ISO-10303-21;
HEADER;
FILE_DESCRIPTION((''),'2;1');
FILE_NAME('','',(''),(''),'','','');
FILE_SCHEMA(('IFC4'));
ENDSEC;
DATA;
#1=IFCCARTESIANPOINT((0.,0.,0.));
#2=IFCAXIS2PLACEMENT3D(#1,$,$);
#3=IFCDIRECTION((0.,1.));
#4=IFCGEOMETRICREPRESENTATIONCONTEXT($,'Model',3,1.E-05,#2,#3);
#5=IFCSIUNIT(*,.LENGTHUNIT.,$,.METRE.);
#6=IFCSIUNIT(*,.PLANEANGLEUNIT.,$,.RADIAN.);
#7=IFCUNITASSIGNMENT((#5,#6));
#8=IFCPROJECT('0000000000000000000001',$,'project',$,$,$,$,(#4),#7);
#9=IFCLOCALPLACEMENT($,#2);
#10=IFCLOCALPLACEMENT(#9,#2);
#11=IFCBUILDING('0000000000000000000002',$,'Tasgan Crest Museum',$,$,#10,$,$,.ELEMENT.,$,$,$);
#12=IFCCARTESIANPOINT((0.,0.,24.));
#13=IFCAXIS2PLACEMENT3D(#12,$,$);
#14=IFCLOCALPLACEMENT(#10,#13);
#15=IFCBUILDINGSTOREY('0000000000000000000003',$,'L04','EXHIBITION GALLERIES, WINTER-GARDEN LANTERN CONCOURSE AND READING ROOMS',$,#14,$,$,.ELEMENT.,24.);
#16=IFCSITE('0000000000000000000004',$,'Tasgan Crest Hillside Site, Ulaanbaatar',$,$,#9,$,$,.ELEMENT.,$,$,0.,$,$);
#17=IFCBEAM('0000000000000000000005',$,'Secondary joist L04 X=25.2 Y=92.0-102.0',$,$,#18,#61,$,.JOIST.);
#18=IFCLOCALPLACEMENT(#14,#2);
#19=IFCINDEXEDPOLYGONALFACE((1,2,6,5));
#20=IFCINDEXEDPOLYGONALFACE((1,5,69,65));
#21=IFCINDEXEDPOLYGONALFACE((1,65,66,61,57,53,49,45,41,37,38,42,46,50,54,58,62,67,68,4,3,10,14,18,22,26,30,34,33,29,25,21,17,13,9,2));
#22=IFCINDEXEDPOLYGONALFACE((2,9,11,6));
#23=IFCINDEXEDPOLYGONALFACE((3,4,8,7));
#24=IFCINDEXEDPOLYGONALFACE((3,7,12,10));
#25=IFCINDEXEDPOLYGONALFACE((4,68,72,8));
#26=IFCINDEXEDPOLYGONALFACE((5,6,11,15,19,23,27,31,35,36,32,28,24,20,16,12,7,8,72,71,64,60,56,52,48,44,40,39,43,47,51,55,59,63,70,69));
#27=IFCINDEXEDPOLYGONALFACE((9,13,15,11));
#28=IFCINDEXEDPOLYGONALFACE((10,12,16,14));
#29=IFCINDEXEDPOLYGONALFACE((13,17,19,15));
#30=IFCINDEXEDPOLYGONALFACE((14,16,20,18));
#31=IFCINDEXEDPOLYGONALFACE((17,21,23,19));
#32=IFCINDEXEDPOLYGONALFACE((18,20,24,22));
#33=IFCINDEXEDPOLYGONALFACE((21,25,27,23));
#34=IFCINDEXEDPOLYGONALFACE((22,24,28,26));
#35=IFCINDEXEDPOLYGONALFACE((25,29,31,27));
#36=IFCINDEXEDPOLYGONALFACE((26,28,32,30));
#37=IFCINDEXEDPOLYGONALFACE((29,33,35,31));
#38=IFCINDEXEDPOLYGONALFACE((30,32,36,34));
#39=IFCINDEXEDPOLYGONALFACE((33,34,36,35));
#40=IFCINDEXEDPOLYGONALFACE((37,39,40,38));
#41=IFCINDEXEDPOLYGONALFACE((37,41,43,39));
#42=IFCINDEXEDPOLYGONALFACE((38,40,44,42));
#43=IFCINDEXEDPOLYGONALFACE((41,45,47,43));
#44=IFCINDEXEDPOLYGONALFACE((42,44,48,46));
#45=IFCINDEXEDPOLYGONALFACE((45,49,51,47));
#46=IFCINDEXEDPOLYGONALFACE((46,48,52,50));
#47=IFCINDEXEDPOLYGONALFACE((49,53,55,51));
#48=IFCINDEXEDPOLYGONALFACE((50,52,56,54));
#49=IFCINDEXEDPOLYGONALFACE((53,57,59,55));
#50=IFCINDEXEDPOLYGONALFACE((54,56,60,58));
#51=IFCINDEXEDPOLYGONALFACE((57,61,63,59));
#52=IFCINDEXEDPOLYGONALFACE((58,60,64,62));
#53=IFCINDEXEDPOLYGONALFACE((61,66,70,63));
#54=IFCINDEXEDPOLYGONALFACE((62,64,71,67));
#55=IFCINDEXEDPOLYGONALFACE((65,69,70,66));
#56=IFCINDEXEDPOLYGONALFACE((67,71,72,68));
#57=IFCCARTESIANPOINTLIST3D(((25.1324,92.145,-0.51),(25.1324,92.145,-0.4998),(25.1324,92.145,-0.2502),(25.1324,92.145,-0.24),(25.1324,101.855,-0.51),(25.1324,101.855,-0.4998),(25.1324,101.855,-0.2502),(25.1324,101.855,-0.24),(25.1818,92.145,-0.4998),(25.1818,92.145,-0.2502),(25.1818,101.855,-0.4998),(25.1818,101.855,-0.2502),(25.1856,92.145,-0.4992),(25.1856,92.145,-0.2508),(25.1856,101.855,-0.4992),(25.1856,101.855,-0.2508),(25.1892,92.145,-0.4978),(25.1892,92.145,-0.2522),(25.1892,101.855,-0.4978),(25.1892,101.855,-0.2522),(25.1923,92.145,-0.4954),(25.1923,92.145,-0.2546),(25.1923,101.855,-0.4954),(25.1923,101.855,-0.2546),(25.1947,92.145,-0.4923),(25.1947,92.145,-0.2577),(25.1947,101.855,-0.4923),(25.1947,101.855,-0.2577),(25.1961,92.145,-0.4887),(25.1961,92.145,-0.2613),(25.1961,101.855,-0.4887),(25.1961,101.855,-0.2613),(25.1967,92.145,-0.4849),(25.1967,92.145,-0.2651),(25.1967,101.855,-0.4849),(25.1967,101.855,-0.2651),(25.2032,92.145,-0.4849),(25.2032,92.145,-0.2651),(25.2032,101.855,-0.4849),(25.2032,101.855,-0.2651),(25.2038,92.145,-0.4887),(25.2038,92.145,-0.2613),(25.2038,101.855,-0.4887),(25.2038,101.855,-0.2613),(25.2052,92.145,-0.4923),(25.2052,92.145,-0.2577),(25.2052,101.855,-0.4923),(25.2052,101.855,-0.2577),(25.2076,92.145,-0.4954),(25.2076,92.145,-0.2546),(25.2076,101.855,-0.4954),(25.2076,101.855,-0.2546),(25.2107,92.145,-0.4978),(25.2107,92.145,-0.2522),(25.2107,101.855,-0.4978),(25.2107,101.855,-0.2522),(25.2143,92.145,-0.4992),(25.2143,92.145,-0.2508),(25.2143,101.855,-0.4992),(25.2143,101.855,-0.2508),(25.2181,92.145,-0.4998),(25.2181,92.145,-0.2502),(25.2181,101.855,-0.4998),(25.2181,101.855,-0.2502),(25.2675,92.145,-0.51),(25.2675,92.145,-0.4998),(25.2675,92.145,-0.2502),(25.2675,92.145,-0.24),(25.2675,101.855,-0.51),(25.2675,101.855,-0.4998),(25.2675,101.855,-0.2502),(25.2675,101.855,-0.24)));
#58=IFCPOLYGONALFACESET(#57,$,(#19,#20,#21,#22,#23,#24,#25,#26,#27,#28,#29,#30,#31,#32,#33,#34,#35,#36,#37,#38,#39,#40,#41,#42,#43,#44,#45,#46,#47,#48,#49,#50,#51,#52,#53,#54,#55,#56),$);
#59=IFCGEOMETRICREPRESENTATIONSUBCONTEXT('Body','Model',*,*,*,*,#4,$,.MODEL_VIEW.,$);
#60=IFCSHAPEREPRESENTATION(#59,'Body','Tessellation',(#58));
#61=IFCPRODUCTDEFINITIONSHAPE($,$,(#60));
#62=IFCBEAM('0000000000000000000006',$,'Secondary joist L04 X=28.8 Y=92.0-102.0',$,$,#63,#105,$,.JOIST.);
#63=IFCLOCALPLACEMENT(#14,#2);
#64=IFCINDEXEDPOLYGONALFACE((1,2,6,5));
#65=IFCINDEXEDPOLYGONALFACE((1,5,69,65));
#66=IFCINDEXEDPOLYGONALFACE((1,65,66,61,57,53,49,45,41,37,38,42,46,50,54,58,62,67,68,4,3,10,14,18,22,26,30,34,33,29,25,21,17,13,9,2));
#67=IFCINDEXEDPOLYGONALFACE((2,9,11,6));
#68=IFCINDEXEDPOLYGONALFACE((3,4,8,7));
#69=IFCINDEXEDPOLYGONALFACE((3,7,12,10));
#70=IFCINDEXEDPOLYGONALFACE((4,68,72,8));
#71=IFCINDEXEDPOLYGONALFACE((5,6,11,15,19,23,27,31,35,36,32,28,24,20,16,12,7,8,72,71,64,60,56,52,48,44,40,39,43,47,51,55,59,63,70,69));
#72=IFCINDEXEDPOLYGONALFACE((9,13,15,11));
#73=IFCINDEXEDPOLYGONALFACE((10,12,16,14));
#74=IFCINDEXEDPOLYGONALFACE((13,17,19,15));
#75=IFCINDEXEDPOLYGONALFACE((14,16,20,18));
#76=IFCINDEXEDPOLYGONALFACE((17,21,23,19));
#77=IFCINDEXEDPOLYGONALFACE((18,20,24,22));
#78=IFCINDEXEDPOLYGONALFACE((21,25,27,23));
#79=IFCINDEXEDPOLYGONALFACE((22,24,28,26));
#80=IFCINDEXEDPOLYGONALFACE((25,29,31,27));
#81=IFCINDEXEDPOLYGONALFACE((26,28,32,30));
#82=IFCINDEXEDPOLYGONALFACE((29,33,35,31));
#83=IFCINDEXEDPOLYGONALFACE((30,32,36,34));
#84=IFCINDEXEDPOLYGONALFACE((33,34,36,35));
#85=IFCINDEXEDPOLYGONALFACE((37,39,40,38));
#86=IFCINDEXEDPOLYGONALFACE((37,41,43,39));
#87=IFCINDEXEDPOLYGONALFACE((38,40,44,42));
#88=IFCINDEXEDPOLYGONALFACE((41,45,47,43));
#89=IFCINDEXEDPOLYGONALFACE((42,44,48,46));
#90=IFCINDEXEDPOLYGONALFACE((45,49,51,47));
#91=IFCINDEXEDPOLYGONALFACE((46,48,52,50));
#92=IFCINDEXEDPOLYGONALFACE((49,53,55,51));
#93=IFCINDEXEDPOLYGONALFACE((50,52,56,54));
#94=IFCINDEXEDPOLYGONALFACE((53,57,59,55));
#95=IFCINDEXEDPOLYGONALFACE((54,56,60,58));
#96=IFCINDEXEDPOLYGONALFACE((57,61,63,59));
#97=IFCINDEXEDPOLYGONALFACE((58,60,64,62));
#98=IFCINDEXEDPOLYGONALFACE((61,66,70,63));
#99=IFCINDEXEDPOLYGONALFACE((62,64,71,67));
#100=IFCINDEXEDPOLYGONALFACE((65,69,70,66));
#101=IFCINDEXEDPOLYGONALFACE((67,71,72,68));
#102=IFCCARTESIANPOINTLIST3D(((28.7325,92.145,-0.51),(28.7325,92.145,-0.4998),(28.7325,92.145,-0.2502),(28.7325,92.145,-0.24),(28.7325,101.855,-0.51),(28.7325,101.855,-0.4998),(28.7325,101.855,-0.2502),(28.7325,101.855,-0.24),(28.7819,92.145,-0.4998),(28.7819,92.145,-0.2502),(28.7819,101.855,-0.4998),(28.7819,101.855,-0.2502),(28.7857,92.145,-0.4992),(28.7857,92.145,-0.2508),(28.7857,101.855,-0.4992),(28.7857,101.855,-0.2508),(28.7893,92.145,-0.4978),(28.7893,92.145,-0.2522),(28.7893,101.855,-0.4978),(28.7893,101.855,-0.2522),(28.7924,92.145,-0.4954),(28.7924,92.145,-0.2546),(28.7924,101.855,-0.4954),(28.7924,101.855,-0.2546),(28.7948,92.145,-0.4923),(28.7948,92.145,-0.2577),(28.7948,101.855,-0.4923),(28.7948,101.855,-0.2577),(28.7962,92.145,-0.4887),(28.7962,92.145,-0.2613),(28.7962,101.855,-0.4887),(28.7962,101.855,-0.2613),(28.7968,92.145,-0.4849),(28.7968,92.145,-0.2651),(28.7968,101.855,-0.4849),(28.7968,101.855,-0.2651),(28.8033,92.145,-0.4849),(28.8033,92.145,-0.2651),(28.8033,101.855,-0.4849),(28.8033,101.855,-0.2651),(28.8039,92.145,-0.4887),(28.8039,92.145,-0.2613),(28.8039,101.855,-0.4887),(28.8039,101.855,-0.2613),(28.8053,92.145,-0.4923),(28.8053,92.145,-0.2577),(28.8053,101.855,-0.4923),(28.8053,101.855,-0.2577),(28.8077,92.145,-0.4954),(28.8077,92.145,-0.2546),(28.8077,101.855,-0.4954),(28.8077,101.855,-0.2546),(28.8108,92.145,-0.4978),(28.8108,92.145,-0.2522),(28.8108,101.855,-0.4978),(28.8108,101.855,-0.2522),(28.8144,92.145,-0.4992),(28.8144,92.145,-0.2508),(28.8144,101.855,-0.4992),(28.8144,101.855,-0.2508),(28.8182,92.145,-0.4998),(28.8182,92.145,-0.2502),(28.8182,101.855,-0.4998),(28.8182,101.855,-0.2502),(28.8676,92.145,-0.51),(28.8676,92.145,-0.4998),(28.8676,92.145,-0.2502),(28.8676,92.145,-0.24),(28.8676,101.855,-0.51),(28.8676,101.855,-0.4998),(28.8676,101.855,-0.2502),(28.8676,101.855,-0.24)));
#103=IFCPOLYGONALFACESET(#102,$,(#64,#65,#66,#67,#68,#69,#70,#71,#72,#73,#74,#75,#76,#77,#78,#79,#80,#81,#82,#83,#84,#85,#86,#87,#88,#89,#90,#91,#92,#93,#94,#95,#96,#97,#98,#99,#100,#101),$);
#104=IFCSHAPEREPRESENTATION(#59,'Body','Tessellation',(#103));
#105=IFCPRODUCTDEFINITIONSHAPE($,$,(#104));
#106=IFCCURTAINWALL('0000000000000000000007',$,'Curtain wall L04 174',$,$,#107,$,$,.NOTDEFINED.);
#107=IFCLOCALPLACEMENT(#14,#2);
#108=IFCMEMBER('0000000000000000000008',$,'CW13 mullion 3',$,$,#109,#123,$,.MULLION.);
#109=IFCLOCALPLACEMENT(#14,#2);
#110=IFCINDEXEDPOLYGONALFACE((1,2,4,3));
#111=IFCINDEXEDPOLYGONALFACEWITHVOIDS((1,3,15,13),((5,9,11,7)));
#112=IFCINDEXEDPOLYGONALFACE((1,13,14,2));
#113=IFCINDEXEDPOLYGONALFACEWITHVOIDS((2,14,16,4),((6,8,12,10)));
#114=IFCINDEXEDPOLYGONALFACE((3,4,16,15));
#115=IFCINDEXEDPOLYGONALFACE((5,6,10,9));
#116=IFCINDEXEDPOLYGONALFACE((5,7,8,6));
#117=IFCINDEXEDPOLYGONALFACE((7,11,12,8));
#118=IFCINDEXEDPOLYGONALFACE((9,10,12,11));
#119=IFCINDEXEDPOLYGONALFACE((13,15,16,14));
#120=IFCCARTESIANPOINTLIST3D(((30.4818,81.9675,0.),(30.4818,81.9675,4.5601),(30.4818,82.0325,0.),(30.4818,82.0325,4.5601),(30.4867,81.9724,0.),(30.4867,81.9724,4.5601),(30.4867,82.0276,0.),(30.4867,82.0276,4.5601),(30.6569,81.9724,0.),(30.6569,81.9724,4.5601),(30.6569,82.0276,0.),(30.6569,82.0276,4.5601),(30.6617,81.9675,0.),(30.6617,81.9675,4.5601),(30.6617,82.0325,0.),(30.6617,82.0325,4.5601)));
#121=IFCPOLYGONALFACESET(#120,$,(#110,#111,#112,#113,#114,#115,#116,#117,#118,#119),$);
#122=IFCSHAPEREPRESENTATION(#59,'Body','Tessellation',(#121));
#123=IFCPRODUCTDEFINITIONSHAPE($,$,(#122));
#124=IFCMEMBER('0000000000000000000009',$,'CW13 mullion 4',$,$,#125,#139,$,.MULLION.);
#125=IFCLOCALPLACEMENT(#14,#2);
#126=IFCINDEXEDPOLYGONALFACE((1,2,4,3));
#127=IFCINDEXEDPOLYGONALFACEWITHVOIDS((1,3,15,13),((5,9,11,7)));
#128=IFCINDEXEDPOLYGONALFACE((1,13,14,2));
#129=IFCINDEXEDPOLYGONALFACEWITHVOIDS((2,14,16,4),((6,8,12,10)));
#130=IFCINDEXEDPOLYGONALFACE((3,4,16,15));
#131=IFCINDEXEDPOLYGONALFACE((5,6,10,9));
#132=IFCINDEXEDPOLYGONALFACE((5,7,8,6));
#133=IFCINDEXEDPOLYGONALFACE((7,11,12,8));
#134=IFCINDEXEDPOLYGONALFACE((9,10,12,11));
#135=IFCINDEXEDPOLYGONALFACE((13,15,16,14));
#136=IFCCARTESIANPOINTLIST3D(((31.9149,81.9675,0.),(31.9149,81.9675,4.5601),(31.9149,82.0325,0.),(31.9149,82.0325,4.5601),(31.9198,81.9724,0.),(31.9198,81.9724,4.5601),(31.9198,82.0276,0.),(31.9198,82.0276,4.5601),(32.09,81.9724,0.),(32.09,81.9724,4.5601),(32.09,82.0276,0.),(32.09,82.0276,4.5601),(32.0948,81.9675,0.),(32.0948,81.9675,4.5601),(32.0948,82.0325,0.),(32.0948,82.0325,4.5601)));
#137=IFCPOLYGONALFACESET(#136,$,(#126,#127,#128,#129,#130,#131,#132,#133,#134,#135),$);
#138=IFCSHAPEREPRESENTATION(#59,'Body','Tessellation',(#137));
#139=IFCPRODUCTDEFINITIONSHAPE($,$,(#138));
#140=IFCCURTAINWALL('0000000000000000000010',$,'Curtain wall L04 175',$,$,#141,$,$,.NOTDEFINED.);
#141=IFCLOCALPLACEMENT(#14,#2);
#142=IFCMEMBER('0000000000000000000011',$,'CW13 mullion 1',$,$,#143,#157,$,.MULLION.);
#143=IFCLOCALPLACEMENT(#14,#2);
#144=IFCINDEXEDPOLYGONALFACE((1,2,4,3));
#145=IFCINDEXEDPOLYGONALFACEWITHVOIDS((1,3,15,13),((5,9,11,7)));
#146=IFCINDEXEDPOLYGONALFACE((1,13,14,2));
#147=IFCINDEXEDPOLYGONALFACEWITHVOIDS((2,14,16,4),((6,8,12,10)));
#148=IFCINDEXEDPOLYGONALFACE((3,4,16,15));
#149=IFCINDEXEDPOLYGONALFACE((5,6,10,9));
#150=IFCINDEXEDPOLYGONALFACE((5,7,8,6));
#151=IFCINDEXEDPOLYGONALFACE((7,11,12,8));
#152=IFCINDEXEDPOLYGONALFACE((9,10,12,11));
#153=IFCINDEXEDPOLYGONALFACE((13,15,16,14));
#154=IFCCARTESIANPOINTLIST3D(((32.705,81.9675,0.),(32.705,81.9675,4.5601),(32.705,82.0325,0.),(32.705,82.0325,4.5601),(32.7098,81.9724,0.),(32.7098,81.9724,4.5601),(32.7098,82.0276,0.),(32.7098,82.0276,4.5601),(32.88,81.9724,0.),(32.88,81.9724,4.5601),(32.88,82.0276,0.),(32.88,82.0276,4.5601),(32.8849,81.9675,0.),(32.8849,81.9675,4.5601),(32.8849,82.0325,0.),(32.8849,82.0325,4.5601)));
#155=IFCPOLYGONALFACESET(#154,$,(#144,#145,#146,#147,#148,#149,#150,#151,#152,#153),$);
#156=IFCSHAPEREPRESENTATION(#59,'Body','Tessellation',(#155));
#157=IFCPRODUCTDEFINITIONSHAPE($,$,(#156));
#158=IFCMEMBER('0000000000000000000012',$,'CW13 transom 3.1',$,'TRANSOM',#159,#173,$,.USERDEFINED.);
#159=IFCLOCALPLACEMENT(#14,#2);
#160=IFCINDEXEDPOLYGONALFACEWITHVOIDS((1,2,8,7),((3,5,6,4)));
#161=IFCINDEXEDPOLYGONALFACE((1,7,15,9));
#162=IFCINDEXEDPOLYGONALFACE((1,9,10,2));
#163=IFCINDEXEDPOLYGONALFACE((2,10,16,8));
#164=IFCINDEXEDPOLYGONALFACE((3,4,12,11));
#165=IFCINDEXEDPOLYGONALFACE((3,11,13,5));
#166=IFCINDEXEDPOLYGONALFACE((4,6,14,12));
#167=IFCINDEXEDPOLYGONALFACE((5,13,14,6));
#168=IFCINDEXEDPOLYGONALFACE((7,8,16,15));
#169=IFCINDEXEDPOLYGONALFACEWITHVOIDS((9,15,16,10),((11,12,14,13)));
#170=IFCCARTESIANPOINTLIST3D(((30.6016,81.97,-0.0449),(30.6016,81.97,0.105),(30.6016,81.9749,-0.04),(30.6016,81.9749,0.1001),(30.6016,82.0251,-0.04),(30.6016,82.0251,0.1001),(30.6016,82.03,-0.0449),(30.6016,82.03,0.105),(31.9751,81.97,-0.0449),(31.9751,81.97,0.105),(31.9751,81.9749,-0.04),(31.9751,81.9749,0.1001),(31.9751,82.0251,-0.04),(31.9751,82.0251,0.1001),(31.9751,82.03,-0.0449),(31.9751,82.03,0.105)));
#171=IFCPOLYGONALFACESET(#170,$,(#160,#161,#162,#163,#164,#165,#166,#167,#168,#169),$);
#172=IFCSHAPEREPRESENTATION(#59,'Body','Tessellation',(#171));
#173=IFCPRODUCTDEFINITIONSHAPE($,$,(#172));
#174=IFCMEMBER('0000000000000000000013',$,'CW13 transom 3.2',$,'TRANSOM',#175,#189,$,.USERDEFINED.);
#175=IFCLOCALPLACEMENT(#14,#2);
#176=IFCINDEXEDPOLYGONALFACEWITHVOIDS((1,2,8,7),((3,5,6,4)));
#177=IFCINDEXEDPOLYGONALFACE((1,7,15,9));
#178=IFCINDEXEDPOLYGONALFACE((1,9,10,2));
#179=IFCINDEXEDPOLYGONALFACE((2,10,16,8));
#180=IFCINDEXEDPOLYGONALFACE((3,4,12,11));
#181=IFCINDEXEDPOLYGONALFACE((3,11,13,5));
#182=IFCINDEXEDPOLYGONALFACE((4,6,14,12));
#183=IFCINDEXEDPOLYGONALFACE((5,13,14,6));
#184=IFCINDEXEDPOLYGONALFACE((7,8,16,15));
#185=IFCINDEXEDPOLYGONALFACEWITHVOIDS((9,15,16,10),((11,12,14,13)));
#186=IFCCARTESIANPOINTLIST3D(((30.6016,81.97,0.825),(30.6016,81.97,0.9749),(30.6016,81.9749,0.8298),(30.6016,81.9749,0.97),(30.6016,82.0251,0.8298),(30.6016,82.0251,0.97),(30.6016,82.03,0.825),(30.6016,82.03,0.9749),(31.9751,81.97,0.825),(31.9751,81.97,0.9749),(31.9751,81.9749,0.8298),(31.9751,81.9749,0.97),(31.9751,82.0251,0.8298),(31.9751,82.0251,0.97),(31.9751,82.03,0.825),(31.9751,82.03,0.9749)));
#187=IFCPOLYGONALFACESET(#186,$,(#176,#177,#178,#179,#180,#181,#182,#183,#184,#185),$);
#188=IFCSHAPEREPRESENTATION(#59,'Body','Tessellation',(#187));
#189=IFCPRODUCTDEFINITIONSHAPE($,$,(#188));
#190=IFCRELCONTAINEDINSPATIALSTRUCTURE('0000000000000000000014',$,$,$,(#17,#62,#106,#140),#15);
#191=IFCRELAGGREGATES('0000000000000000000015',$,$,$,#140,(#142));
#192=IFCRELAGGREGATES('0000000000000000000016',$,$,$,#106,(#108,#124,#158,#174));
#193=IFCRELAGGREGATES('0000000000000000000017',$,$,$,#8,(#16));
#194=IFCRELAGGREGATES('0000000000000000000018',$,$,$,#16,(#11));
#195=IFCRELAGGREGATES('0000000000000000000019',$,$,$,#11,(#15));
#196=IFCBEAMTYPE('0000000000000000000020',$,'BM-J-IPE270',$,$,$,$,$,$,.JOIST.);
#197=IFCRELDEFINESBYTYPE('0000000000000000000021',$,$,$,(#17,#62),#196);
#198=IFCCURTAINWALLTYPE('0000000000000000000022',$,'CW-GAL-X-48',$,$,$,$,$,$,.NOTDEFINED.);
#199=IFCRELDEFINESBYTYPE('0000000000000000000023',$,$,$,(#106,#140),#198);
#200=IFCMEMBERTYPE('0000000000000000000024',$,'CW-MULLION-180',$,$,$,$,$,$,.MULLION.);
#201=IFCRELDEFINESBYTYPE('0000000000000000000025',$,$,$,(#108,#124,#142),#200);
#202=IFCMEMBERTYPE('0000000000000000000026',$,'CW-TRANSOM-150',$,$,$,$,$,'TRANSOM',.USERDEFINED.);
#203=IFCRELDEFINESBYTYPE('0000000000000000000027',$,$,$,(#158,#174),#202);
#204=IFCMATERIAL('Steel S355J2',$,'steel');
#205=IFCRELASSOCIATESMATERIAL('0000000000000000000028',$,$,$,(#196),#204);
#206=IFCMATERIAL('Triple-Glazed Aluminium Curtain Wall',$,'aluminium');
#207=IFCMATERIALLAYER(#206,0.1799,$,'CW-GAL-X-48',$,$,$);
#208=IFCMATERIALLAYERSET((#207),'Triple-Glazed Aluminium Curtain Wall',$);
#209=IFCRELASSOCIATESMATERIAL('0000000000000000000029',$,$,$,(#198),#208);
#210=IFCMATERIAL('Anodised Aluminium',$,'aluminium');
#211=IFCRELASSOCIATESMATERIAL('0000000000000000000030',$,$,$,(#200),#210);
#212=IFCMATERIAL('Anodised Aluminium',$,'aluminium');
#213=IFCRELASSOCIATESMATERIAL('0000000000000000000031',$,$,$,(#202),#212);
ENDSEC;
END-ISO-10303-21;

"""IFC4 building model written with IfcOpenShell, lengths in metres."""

from ifc_helpers import new_model, si_unit, direction, frame, origin, origin_2d, place, context, subcontext, project, spatial, hollow_rectangle, i_section, extrude, material, layer, layer_set, material_profile, profile_set, type_object, element, aggregate, save


model = new_model("IFC4")

# Units and contexts
model_context = context("Model", 3, precision=1e-05, world=origin(), true_north=direction((0.0, 1.0)))
body_context = subcontext(model_context, "Body", "Model", "MODEL_VIEW")
ifc_project = project(units=[si_unit("LENGTHUNIT", "METRE"), si_unit("PLANEANGLEUNIT", "RADIAN")], contexts=[model_context])

# Site, building, storey
site_placement = place(None, origin())
site = spatial("IfcSite", under=ifc_project, at=site_placement, Name="Tasgan Crest Hillside Site, Ulaanbaatar", CompositionType="ELEMENT", RefElevation=0.0)
building_placement = place(site_placement, origin())
building = spatial("IfcBuilding", under=site, at=building_placement, Name="Tasgan Crest Museum", CompositionType="ELEMENT")
storey_placement = place(building_placement, frame((0.0, 0.0, 24.0)))
storey = spatial("IfcBuildingStorey", under=building, at=storey_placement, Name="L04", Description="EXHIBITION GALLERIES, WINTER-GARDEN LANTERN CONCOURSE AND READING ROOMS", CompositionType="ELEMENT", Elevation=24.0)

# Beams
ifc_material_1 = material(Name="Steel S355J2", Category="steel")
ifc_material_profile_1 = material_profile(ifc_material_1, i_section(OverallWidth=0.135, OverallDepth=0.27, WebThickness=0.0066, FlangeThickness=0.0103, FilletRadius=0.0149, at=origin_2d()), Name="IPE 270")
ifc_profile_set_1 = profile_set([ifc_material_profile_1], Name="Steel S355J2")
beam_type_1 = type_object("IfcBeamType", Name="BM-J-IPE270", PredefinedType="JOIST", material=ifc_profile_set_1)
for number, where, z_axis, x_axis, name in (
    (1, (25.2, 92.145, -0.375), (0.0, 1.0, 0.0), (-1.0, 0.0, 0.0), "Secondary joist L04 X=25.2 Y=92.0-102.0"),
    (2, (28.8, 92.145, -0.375), (0.0, 1.0, 0.0), (-1.0, 0.0, 0.0), "Secondary joist L04 X=28.8 Y=92.0-102.0"),
):
    element("IfcBeam", number, at=place(storey_placement, frame(where, z_axis=z_axis, x_axis=x_axis)), inside=storey, type_object=beam_type_1, Name=name, PredefinedType="JOIST", context=body_context, shape_type="SweptSolid", body=[
        extrude(i_section(OverallWidth=0.135, OverallDepth=0.27, WebThickness=0.0066, FlangeThickness=0.0103, FilletRadius=0.0149, at=origin_2d()), origin(), (0.0, 0.0, 1.0), 9.71),
    ])

# Curtain wall, members
ifc_material_2 = material(Name="Triple-Glazed Aluminium Curtain Wall", Category="aluminium")
ifc_layer_1 = layer(ifc_material_2, 0.1799, Name="CW-GAL-X-48")
ifc_layer_set_1 = layer_set([ifc_layer_1], Name="Triple-Glazed Aluminium Curtain Wall")
curtain_wall_type = type_object("IfcCurtainWallType", Name="CW-GAL-X-48", PredefinedType="NOTDEFINED", material=ifc_layer_set_1)
curtain_wall_1_placement = place(storey_placement, origin())
curtain_wall_1 = element("IfcCurtainWall", 3, at=curtain_wall_1_placement, inside=storey, type_object=curtain_wall_type, Name="Curtain wall L04 174", PredefinedType="NOTDEFINED")
ifc_material_3 = material(Name="Anodised Aluminium", Category="aluminium")
ifc_material_profile_2 = material_profile(ifc_material_3, hollow_rectangle(XDim=0.0649, YDim=0.1799, WallThickness=0.0049, at=origin_2d()), Name="ALU MULLION 180x65x5")
ifc_profile_set_2 = profile_set([ifc_material_profile_2], Name="Anodised Aluminium")
member_type_1 = type_object("IfcMemberType", Name="CW-MULLION-180", PredefinedType="MULLION", material=ifc_profile_set_2)
member_1_placement = place(storey_placement, frame((30.5718, 82.0, 0.0), z_axis=(0.0, 0.0, 1.0), x_axis=(0.0, 1.0, 0.0)))
member_1 = element("IfcMember", 4, at=member_1_placement, type_object=member_type_1, Name="CW13 mullion 3", PredefinedType="MULLION", context=body_context, shape_type="SweptSolid", body=[
    extrude(hollow_rectangle(XDim=0.0649, YDim=0.1799, WallThickness=0.0049, at=origin_2d()), origin(), (0.0, 0.0, 1.0), 4.5601),
])
member_2_placement = place(storey_placement, frame((32.0049, 82.0, 0.0), z_axis=(0.0, 0.0, 1.0), x_axis=(0.0, 1.0, 0.0)))
member_2 = element("IfcMember", 5, at=member_2_placement, type_object=member_type_1, Name="CW13 mullion 4", PredefinedType="MULLION", context=body_context, shape_type="SweptSolid", body=[
    extrude(hollow_rectangle(XDim=0.0649, YDim=0.1799, WallThickness=0.0049, at=origin_2d()), origin(), (0.0, 0.0, 1.0), 4.5601),
])

# Curtain wall, member
curtain_wall_2_placement = place(storey_placement, origin())
curtain_wall_2 = element("IfcCurtainWall", 6, at=curtain_wall_2_placement, inside=storey, type_object=curtain_wall_type, Name="Curtain wall L04 175", PredefinedType="NOTDEFINED")
member_3_placement = place(storey_placement, frame((32.7949, 82.0, 0.0), z_axis=(0.0, 0.0, 1.0), x_axis=(0.0, 1.0, 0.0)))
member_3 = element("IfcMember", 7, at=member_3_placement, type_object=member_type_1, Name="CW13 mullion 1", PredefinedType="MULLION", context=body_context, shape_type="SweptSolid", body=[
    extrude(hollow_rectangle(XDim=0.0649, YDim=0.1799, WallThickness=0.0049, at=origin_2d()), origin(), (0.0, 0.0, 1.0), 4.5601),
])
aggregate(curtain_wall_2, [member_3])

# Members
ifc_material_4 = material(Name="Anodised Aluminium", Category="aluminium")
ifc_material_profile_3 = material_profile(ifc_material_4, hollow_rectangle(XDim=0.0601, YDim=0.1499, WallThickness=0.0049, at=origin_2d()), Name="ALU TRANSOM 150x60x5")
ifc_profile_set_3 = profile_set([ifc_material_profile_3], Name="Anodised Aluminium")
member_type_2 = type_object("IfcMemberType", Name="CW-TRANSOM-150", ElementType="TRANSOM", PredefinedType="USERDEFINED", material=ifc_profile_set_3)
member_4_placement = place(storey_placement, frame((30.6016, 82.0, 0.03), z_axis=(1.0, 0.0, 0.0), x_axis=(0.0, 1.0, 0.0)))
member_4 = element("IfcMember", 8, at=member_4_placement, type_object=member_type_2, Name="CW13 transom 3.1", ObjectType="TRANSOM", PredefinedType="USERDEFINED", context=body_context, shape_type="SweptSolid", body=[
    extrude(hollow_rectangle(XDim=0.0601, YDim=0.1499, WallThickness=0.0049, at=origin_2d()), origin(), (0.0, 0.0, 1.0), 1.3735),
])
member_5_placement = place(storey_placement, frame((30.6016, 82.0, 0.8999), z_axis=(1.0, 0.0, 0.0), x_axis=(0.0, 1.0, 0.0)))
member_5 = element("IfcMember", 9, at=member_5_placement, type_object=member_type_2, Name="CW13 transom 3.2", ObjectType="TRANSOM", PredefinedType="USERDEFINED", context=body_context, shape_type="SweptSolid", body=[
    extrude(hollow_rectangle(XDim=0.0601, YDim=0.1499, WallThickness=0.0049, at=origin_2d()), origin(), (0.0, 0.0, 1.0), 1.3735),
])

aggregate(curtain_wall_1, [member_1, member_2, member_4, member_5])

save(model, "model.ifc")
